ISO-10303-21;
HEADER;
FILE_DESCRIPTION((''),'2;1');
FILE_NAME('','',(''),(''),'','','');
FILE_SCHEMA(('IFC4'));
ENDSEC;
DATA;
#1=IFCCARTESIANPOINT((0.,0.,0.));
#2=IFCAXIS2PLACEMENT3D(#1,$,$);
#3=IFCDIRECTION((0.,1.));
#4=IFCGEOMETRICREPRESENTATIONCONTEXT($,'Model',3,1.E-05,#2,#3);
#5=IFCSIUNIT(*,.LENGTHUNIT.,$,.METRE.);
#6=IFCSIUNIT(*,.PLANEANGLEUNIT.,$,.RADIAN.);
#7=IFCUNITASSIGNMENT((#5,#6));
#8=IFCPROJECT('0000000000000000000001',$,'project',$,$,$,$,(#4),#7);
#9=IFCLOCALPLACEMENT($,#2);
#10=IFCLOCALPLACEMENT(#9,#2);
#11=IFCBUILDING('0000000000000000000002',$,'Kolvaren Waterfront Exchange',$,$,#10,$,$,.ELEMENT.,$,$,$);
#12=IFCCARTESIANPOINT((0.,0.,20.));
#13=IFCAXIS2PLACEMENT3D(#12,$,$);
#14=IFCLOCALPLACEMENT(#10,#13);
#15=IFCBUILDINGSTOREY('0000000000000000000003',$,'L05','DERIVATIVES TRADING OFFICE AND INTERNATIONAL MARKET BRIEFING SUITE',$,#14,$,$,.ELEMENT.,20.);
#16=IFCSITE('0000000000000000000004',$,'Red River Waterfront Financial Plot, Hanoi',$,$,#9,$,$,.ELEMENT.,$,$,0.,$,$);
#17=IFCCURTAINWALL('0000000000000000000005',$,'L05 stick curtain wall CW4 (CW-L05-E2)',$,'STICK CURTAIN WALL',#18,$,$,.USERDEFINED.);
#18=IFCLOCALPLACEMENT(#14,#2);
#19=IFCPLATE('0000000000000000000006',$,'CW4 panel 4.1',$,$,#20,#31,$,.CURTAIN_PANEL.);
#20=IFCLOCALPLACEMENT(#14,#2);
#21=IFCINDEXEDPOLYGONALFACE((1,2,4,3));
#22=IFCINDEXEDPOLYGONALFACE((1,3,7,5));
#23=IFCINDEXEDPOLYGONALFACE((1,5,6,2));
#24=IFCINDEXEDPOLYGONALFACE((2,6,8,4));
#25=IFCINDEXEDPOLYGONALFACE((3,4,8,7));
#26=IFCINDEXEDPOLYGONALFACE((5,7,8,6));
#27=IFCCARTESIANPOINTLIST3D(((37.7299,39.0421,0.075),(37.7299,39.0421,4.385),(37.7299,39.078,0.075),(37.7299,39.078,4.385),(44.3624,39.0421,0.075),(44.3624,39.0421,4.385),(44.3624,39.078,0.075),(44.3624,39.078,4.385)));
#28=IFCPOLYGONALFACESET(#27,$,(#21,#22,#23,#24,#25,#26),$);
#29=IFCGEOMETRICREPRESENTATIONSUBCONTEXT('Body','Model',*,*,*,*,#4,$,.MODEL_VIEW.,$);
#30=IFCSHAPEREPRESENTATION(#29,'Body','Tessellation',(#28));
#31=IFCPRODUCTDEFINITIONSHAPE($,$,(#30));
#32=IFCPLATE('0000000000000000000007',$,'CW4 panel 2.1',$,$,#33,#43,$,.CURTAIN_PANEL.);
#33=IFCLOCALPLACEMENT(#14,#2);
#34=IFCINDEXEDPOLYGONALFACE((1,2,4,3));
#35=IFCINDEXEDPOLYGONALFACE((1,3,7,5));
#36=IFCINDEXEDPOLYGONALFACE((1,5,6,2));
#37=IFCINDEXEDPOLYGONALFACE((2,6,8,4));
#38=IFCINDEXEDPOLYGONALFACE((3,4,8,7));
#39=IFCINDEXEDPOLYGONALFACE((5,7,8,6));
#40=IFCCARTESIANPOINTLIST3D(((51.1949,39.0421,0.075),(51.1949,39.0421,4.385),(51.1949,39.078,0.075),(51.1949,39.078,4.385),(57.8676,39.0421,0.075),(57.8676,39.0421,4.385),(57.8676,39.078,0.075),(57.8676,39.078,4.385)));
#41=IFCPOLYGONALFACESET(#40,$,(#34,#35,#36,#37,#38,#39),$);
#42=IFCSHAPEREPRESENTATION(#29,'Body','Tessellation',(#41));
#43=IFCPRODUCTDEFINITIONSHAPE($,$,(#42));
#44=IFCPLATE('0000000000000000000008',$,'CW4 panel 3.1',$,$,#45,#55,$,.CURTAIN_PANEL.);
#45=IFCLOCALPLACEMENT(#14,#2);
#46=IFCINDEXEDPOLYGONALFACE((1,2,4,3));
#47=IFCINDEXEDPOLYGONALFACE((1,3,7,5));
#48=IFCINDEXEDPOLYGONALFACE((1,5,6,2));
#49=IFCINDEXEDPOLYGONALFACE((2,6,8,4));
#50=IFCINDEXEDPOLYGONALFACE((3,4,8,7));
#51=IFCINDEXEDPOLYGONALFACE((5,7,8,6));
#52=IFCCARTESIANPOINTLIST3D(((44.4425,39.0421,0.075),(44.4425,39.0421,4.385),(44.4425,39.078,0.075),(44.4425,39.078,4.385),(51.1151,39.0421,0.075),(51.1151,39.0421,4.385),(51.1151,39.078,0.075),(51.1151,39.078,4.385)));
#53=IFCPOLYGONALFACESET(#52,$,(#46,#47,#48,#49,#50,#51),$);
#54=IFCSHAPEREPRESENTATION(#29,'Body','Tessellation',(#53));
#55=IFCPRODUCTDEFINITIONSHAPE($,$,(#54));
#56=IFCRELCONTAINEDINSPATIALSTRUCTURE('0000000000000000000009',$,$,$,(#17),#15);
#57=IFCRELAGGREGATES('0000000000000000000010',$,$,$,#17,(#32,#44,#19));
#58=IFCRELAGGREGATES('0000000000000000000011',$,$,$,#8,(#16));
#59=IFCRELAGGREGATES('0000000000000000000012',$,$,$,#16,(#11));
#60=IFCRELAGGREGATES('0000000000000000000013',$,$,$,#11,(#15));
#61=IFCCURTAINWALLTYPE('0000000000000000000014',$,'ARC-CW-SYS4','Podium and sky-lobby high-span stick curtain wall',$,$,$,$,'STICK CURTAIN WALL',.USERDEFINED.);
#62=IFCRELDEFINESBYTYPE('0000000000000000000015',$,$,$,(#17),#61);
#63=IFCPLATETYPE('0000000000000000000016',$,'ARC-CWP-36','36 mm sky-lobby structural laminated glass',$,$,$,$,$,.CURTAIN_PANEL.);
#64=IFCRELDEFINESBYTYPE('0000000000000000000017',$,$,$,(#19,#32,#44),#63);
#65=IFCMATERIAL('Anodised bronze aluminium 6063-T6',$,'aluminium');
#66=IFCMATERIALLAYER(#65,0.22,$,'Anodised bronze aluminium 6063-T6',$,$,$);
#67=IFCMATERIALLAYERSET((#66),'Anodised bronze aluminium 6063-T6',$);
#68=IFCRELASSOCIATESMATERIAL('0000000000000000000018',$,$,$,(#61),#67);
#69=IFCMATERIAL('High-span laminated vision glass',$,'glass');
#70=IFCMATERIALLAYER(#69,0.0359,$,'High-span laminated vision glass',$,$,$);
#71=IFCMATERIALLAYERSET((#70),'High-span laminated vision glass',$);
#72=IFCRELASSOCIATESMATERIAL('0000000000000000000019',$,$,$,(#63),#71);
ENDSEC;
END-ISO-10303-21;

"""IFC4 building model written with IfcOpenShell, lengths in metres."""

from ifc_helpers import new_model, si_unit, direction, frame, origin, origin_with_axes, origin_2d, place, context, subcontext, project, spatial, rectangle, extrude, source, transform, mapped, material, layer, layer_set, type_object, element, aggregate, save


model = new_model("IFC4")

# Units and contexts
model_context = context("Model", 3, precision=1e-05, world=origin(), true_north=direction((0.0, 1.0)))
body_context = subcontext(model_context, "Body", "Model", "MODEL_VIEW")
ifc_project = project(units=[si_unit("LENGTHUNIT", "METRE"), si_unit("PLANEANGLEUNIT", "RADIAN")], contexts=[model_context])

# Site, building, storey
site_placement = place(None, origin())
site = spatial("IfcSite", under=ifc_project, at=site_placement, Name="Red River Waterfront Financial Plot, Hanoi", CompositionType="ELEMENT", RefElevation=0.0)
building_placement = place(site_placement, origin())
building = spatial("IfcBuilding", under=site, at=building_placement, Name="Kolvaren Waterfront Exchange", CompositionType="ELEMENT")
storey_placement = place(building_placement, frame((0.0, 0.0, 20.0)))
storey = spatial("IfcBuildingStorey", under=building, at=storey_placement, Name="L05", Description="DERIVATIVES TRADING OFFICE AND INTERNATIONAL MARKET BRIEFING SUITE", CompositionType="ELEMENT", Elevation=20.0)

# Curtain wall
ifc_material_1 = material(Name="Anodised bronze aluminium 6063-T6", Category="aluminium")
ifc_layer_1 = layer(ifc_material_1, 0.22, Name="Anodised bronze aluminium 6063-T6")
ifc_layer_set_1 = layer_set([ifc_layer_1], Name="Anodised bronze aluminium 6063-T6")
curtain_wall_type = type_object("IfcCurtainWallType", Name="ARC-CW-SYS4", Description="Podium and sky-lobby high-span stick curtain wall", ElementType="STICK CURTAIN WALL", PredefinedType="USERDEFINED", material=ifc_layer_set_1)
curtain_wall_1_placement = place(storey_placement, origin())
curtain_wall_1 = element("IfcCurtainWall", 1, at=curtain_wall_1_placement, inside=storey, type_object=curtain_wall_type, Name="L05 stick curtain wall CW4 (CW-L05-E2)", ObjectType="STICK CURTAIN WALL", PredefinedType="USERDEFINED")

# Plates
ifc_material_2 = material(Name="High-span laminated vision glass", Category="glass")
ifc_layer_2 = layer(ifc_material_2, 0.0359, Name="High-span laminated vision glass")
ifc_layer_set_2 = layer_set([ifc_layer_2], Name="High-span laminated vision glass")
plate_type = type_object("IfcPlateType", Name="ARC-CWP-36", Description="36 mm sky-lobby structural laminated glass", PredefinedType="CURTAIN_PANEL", material=ifc_layer_set_2)
shared_shape_1 = source(origin_with_axes(), body_context, "Body", "SweptSolid", [
    extrude(rectangle(XDim=6.6326, YDim=0.0359, at=origin_2d()), origin(), (0.0, 0.0, 1.0), 4.3101),
])
plate_1_placement = place(storey_placement, frame((41.0461, 39.0601, 0.075), z_axis=(0.0, 0.0, 1.0), x_axis=(-1.0, 0.0, 0.0)))
plate_1 = element("IfcPlate", 2, at=plate_1_placement, type_object=plate_type, Name="CW4 panel 4.1", PredefinedType="CURTAIN_PANEL", context=body_context, shape_type="MappedRepresentation", body=[
    mapped(shared_shape_1, transform((0.0, 0.0, 0.0), x_axis=(1.0, 0.0, 0.0), y_axis=(0.0, 1.0, 0.0), z_axis=(0.0, 0.0, 1.0), scale=1.0)),
])
shared_shape_2 = source(origin_with_axes(), body_context, "Body", "SweptSolid", [
    extrude(rectangle(XDim=6.6726, YDim=0.0359, at=origin_2d()), origin(), (0.0, 0.0, 1.0), 4.3101),
])
plate_2_placement = place(storey_placement, frame((54.5312, 39.0601, 0.075), z_axis=(0.0, 0.0, 1.0), x_axis=(-1.0, 0.0, 0.0)))
plate_2 = element("IfcPlate", 3, at=plate_2_placement, type_object=plate_type, Name="CW4 panel 2.1", PredefinedType="CURTAIN_PANEL", context=body_context, shape_type="MappedRepresentation", body=[
    mapped(shared_shape_2, transform((0.0, 0.0, 0.0), x_axis=(1.0, 0.0, 0.0), y_axis=(0.0, 1.0, 0.0), z_axis=(0.0, 0.0, 1.0), scale=1.0)),
])
plate_3_placement = place(storey_placement, frame((47.7788, 39.0601, 0.075), z_axis=(0.0, 0.0, 1.0), x_axis=(-1.0, 0.0, 0.0)))
plate_3 = element("IfcPlate", 4, at=plate_3_placement, type_object=plate_type, Name="CW4 panel 3.1", PredefinedType="CURTAIN_PANEL", context=body_context, shape_type="MappedRepresentation", body=[
    mapped(shared_shape_2, transform((0.0, 0.0, 0.0), x_axis=(1.0, 0.0, 0.0), y_axis=(0.0, 1.0, 0.0), z_axis=(0.0, 0.0, 1.0), scale=1.0)),
])
aggregate(curtain_wall_1, [plate_2, plate_3, plate_1])

save(model, "model.ifc")
